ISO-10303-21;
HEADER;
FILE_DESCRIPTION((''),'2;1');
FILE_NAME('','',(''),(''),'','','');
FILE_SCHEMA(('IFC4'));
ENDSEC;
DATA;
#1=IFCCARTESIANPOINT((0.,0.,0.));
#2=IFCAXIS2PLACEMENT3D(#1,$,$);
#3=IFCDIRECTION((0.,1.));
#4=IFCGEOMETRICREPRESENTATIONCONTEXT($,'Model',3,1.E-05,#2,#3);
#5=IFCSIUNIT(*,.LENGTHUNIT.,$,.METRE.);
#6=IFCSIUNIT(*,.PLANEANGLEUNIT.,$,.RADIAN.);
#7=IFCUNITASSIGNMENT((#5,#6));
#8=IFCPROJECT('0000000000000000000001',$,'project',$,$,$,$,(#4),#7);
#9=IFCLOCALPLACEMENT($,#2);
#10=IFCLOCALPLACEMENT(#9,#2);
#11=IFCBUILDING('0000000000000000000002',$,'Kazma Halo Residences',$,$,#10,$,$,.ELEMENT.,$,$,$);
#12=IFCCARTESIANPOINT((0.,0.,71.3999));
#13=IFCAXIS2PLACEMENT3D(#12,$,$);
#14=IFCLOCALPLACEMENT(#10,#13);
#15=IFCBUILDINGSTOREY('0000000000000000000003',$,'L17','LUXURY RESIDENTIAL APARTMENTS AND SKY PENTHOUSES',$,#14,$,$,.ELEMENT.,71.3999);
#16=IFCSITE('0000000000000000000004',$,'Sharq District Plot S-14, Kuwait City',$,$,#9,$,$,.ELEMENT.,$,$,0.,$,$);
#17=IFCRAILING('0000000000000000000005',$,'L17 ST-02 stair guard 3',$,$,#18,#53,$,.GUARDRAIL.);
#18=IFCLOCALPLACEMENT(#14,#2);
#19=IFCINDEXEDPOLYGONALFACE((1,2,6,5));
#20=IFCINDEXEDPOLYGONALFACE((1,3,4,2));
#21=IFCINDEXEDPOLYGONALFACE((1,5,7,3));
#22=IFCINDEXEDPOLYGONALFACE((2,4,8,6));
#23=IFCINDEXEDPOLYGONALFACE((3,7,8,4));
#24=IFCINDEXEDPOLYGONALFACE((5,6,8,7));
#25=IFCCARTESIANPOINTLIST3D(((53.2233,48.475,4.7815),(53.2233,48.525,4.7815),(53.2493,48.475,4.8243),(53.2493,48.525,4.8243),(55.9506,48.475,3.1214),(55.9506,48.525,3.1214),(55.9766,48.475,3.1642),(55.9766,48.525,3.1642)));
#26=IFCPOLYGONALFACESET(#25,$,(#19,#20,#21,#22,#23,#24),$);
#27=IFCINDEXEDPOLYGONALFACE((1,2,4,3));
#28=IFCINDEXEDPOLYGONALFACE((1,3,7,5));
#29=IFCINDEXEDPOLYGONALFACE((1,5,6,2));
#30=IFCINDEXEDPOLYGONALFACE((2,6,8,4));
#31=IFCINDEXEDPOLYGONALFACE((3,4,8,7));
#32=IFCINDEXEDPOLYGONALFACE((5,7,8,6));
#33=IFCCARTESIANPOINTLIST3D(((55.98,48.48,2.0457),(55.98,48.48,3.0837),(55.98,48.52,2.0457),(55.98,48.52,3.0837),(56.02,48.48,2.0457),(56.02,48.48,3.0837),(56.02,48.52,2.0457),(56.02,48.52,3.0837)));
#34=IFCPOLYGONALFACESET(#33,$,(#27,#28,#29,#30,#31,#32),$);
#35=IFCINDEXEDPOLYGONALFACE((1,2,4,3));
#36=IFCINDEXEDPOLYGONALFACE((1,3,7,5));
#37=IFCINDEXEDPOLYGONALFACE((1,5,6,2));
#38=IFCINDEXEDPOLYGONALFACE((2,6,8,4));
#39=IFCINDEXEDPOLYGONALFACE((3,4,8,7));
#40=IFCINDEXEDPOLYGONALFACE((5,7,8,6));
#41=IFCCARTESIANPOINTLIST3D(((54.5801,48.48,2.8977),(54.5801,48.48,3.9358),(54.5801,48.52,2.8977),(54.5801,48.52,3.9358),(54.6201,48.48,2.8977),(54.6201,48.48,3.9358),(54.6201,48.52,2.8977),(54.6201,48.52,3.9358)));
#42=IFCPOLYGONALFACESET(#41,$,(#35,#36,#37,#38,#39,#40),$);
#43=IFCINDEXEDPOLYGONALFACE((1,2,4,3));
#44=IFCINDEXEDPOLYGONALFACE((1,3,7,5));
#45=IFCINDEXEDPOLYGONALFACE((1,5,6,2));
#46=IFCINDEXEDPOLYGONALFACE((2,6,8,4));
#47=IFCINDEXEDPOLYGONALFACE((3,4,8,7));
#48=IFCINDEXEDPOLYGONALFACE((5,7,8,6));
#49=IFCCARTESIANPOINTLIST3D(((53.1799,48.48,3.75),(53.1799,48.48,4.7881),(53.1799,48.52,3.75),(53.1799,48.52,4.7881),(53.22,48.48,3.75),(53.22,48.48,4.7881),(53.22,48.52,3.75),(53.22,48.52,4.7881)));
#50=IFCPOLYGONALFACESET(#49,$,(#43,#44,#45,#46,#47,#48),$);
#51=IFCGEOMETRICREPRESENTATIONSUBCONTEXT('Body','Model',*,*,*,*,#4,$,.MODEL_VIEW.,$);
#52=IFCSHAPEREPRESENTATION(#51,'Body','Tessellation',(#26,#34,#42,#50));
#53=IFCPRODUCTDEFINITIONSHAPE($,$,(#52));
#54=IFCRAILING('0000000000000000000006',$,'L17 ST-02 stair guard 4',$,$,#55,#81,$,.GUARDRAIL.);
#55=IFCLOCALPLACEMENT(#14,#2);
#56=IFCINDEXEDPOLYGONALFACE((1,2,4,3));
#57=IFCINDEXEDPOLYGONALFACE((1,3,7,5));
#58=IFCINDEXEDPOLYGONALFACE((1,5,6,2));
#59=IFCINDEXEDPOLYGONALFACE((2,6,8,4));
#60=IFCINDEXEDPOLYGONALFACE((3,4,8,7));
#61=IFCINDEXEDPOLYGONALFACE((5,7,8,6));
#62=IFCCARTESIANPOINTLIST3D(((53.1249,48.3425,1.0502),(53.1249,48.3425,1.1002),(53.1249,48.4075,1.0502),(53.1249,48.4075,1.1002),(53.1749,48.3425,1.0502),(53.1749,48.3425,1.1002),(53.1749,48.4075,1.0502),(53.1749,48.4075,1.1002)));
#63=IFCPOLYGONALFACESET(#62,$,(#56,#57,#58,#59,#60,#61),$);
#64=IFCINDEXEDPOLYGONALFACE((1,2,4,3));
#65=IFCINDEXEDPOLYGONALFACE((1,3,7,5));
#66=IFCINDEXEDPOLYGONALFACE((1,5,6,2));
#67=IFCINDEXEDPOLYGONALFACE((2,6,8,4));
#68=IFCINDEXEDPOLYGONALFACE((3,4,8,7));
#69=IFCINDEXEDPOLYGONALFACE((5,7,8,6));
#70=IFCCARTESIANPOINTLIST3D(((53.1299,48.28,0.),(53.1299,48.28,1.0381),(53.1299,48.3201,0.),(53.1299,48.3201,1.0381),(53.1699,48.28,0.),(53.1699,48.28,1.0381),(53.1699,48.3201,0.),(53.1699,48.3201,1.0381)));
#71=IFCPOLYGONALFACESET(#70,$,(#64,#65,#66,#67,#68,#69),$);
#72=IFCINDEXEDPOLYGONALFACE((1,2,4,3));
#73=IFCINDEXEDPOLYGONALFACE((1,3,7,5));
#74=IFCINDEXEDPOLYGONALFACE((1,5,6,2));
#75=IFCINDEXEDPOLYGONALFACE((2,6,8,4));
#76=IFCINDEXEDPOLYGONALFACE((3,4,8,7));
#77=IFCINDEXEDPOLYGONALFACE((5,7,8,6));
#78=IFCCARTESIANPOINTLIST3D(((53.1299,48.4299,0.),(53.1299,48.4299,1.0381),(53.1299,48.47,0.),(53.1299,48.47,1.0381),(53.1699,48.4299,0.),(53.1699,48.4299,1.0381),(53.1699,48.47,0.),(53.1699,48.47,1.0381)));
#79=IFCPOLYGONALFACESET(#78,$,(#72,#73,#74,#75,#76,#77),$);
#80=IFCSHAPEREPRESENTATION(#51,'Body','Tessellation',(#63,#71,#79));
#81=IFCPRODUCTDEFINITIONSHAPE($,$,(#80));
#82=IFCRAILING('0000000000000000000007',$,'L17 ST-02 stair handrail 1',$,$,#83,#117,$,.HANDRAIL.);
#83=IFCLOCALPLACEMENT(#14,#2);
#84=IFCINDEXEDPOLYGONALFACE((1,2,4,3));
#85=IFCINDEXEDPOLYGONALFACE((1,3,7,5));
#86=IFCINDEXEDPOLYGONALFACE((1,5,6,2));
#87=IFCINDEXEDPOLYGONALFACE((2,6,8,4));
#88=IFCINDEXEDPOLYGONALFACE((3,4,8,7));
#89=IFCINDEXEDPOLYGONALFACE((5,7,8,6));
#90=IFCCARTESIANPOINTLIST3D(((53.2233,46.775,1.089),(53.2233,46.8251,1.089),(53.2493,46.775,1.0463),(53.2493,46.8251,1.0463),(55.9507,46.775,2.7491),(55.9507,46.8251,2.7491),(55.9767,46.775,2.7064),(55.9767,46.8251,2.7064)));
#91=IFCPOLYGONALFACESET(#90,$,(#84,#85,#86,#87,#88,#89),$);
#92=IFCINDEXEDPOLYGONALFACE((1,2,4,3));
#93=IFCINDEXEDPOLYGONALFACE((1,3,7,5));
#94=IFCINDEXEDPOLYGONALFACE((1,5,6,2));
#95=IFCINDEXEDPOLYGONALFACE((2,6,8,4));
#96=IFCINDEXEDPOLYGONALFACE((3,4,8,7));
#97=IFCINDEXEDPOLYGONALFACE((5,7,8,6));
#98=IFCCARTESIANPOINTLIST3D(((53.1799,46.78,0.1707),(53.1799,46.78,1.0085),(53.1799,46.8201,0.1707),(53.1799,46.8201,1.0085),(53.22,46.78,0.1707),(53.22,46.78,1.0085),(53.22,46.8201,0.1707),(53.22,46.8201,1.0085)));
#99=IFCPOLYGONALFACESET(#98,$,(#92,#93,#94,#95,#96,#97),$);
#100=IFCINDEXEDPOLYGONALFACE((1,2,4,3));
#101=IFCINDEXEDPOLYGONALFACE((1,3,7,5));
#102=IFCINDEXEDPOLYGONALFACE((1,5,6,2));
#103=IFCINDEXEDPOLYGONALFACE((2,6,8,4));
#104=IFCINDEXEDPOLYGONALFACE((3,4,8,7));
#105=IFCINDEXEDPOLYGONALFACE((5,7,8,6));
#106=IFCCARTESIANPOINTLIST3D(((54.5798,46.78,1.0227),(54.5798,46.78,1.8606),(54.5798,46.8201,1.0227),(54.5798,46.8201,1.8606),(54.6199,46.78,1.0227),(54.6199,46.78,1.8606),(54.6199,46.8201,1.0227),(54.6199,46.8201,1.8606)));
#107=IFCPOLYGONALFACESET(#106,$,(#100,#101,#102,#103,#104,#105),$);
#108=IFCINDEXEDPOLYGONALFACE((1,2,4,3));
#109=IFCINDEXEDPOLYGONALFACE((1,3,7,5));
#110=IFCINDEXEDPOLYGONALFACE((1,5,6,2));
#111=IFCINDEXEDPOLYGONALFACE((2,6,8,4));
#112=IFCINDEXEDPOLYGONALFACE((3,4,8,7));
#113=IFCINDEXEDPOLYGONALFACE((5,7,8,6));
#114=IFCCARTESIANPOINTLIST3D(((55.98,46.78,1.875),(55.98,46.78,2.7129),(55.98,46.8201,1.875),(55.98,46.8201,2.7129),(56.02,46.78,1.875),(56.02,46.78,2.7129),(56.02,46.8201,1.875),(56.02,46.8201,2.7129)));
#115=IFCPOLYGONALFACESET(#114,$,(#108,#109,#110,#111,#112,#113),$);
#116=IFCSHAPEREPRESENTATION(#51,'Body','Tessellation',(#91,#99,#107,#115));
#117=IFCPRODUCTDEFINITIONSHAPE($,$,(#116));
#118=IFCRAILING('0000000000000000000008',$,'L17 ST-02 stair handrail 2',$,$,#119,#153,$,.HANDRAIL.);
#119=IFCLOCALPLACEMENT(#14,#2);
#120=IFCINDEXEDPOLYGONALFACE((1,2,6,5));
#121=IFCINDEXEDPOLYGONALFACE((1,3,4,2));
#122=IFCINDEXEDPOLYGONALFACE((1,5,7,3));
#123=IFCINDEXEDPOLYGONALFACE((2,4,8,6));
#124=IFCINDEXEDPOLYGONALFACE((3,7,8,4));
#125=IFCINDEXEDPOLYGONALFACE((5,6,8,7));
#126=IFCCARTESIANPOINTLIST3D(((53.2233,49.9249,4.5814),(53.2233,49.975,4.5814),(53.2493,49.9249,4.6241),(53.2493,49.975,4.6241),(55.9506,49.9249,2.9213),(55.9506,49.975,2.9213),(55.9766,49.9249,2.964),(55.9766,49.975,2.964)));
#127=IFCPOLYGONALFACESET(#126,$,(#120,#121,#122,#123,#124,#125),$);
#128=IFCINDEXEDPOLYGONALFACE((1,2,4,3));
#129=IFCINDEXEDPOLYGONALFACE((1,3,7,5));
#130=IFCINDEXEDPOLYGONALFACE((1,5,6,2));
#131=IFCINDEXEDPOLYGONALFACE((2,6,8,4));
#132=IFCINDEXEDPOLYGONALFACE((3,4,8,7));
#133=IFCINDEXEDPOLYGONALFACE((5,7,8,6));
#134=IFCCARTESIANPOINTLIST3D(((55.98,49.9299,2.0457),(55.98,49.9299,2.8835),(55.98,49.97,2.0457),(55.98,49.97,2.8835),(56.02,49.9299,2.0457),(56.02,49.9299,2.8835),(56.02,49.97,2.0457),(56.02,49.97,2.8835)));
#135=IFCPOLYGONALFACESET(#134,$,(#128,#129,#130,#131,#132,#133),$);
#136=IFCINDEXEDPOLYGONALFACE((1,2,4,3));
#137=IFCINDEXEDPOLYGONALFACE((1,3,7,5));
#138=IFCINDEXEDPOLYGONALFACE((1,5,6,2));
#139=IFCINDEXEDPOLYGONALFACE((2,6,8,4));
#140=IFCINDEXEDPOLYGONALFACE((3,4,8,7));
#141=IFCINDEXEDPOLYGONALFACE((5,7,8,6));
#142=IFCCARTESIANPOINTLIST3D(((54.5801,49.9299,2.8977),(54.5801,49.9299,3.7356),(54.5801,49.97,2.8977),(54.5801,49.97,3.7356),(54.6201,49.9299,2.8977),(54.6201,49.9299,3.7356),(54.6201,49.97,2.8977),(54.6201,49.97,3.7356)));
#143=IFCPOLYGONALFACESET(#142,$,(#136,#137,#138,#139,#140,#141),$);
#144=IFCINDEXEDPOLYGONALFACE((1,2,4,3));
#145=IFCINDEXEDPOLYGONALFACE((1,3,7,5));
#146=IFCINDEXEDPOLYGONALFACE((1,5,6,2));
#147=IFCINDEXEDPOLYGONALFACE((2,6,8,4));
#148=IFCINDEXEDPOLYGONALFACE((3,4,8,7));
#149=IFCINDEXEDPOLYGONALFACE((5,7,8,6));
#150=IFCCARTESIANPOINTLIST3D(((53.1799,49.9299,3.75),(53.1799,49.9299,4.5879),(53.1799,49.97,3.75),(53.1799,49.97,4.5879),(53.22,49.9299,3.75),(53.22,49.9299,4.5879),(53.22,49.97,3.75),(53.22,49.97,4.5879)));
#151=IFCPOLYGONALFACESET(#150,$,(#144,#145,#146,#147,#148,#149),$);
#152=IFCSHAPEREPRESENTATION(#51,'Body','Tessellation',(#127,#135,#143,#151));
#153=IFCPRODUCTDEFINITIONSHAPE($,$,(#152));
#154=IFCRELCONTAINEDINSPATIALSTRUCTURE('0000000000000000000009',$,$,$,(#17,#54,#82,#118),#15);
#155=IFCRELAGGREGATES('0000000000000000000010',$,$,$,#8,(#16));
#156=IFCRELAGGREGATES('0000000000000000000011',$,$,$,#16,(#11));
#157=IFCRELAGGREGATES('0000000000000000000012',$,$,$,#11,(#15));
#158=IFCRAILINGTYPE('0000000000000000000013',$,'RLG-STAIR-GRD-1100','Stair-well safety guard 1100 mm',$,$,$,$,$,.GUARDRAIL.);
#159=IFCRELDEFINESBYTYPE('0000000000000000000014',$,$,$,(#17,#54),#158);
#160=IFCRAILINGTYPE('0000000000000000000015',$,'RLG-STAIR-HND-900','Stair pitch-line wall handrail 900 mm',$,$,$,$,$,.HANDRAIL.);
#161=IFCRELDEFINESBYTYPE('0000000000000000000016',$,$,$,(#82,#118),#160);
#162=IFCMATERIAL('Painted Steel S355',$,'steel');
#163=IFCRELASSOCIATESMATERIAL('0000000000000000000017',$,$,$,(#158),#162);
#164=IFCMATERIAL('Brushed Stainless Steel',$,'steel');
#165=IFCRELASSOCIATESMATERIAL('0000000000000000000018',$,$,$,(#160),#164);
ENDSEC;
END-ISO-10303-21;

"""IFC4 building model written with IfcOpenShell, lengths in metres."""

from ifc_helpers import new_model, si_unit, direction, frame, origin, origin_2d, place, context, subcontext, project, spatial, rectangle, extrude, material, type_object, element, save


model = new_model("IFC4")

# Units and contexts
model_context = context("Model", 3, precision=1e-05, world=origin(), true_north=direction((0.0, 1.0)))
body_context = subcontext(model_context, "Body", "Model", "MODEL_VIEW")
ifc_project = project(units=[si_unit("LENGTHUNIT", "METRE"), si_unit("PLANEANGLEUNIT", "RADIAN")], contexts=[model_context])

# Site, building, storey
site_placement = place(None, origin())
site = spatial("IfcSite", under=ifc_project, at=site_placement, Name="Sharq District Plot S-14, Kuwait City", CompositionType="ELEMENT", RefElevation=0.0)
building_placement = place(site_placement, origin())
building = spatial("IfcBuilding", under=site, at=building_placement, Name="Kazma Halo Residences", CompositionType="ELEMENT")
storey_placement = place(building_placement, frame((0.0, 0.0, 71.3999)))
storey = spatial("IfcBuildingStorey", under=building, at=storey_placement, Name="L17", Description="LUXURY RESIDENTIAL APARTMENTS AND SKY PENTHOUSES", CompositionType="ELEMENT", Elevation=71.3999)

# Railings
ifc_material_1 = material(Name="Painted Steel S355", Category="steel")
railing_type_1 = type_object("IfcRailingType", Name="RLG-STAIR-GRD-1100", Description="Stair-well safety guard 1100 mm", PredefinedType="GUARDRAIL", material=ifc_material_1)
railing_1_placement = place(storey_placement, frame((56.0, 48.5, 2.0457)))
element("IfcRailing", 1, at=railing_1_placement, inside=storey, type_object=railing_type_1, Name="L17 ST-02 stair guard 3", PredefinedType="GUARDRAIL", context=body_context, shape_type="SweptSolid", body=[
    extrude(rectangle(XDim=0.05, YDim=0.05, at=origin_2d()), frame((-0.0364, 0.0, 1.0972), z_axis=(-0.854203, 0.0, 0.51994), x_axis=(0.0, -1.0, 0.0)), (0.0, 0.0, 1.0), 3.1929),
    extrude(rectangle(XDim=0.04, YDim=0.04, at=origin_2d()), origin(), (0.0, 0.0, 1.0), 1.0381),
    extrude(rectangle(XDim=0.04, YDim=0.04, at=origin_2d()), frame((-1.3999, 0.0, 0.8521)), (0.0, 0.0, 1.0), 1.0381),
    extrude(rectangle(XDim=0.04, YDim=0.04, at=origin_2d()), frame((-2.8, 0.0, 1.7043)), (0.0, 0.0, 1.0), 1.0381),
])
railing_2_placement = place(storey_placement, frame((53.1499, 48.3, 0.0)))
element("IfcRailing", 2, at=railing_2_placement, inside=storey, type_object=railing_type_1, Name="L17 ST-02 stair guard 4", PredefinedType="GUARDRAIL", context=body_context, shape_type="SweptSolid", body=[
    extrude(rectangle(XDim=0.05, YDim=0.05, at=origin_2d()), frame((0.0, 0.0425, 1.0752), z_axis=(0.0, 1.0, 0.0), x_axis=(-1.0, 0.0, 0.0)), (0.0, 0.0, 1.0), 0.0649),
    extrude(rectangle(XDim=0.04, YDim=0.04, at=origin_2d()), origin(), (0.0, 0.0, 1.0), 1.0381),
    extrude(rectangle(XDim=0.04, YDim=0.04, at=origin_2d()), frame((0.0, 0.1499, 0.0)), (0.0, 0.0, 1.0), 1.0381),
])
ifc_material_2 = material(Name="Brushed Stainless Steel", Category="steel")
railing_type_2 = type_object("IfcRailingType", Name="RLG-STAIR-HND-900", Description="Stair pitch-line wall handrail 900 mm", PredefinedType="HANDRAIL", material=ifc_material_2)
railing_3_placement = place(storey_placement, frame((53.2, 46.8, 0.1707)))
element("IfcRailing", 3, at=railing_3_placement, inside=storey, type_object=railing_type_2, Name="L17 ST-02 stair handrail 1", PredefinedType="HANDRAIL", context=body_context, shape_type="SweptSolid", body=[
    extrude(rectangle(XDim=0.05, YDim=0.05, at=origin_2d()), frame((0.0364, 0.0, 0.897), z_axis=(0.854203, 0.0, 0.51994), x_axis=(0.0, 1.0, 0.0)), (0.0, 0.0, 1.0), 3.1929),
    extrude(rectangle(XDim=0.04, YDim=0.04, at=origin_2d()), origin(), (0.0, 0.0, 1.0), 0.8379),
    extrude(rectangle(XDim=0.04, YDim=0.04, at=origin_2d()), frame((1.3999, 0.0, 0.8521)), (0.0, 0.0, 1.0), 0.8379),
    extrude(rectangle(XDim=0.04, YDim=0.04, at=origin_2d()), frame((2.8, 0.0, 1.7043)), (0.0, 0.0, 1.0), 0.8379),
])
railing_4_placement = place(storey_placement, frame((56.0, 49.95, 2.0457)))
element("IfcRailing", 4, at=railing_4_placement, inside=storey, type_object=railing_type_2, Name="L17 ST-02 stair handrail 2", PredefinedType="HANDRAIL", context=body_context, shape_type="SweptSolid", body=[
    extrude(rectangle(XDim=0.05, YDim=0.05, at=origin_2d()), frame((-0.0364, 0.0, 0.897), z_axis=(-0.854203, 0.0, 0.51994), x_axis=(0.0, -1.0, 0.0)), (0.0, 0.0, 1.0), 3.1929),
    extrude(rectangle(XDim=0.04, YDim=0.04, at=origin_2d()), origin(), (0.0, 0.0, 1.0), 0.8379),
    extrude(rectangle(XDim=0.04, YDim=0.04, at=origin_2d()), frame((-1.3999, 0.0, 0.8521)), (0.0, 0.0, 1.0), 0.8379),
    extrude(rectangle(XDim=0.04, YDim=0.04, at=origin_2d()), frame((-2.8, 0.0, 1.7043)), (0.0, 0.0, 1.0), 0.8379),
])

save(model, "model.ifc")
